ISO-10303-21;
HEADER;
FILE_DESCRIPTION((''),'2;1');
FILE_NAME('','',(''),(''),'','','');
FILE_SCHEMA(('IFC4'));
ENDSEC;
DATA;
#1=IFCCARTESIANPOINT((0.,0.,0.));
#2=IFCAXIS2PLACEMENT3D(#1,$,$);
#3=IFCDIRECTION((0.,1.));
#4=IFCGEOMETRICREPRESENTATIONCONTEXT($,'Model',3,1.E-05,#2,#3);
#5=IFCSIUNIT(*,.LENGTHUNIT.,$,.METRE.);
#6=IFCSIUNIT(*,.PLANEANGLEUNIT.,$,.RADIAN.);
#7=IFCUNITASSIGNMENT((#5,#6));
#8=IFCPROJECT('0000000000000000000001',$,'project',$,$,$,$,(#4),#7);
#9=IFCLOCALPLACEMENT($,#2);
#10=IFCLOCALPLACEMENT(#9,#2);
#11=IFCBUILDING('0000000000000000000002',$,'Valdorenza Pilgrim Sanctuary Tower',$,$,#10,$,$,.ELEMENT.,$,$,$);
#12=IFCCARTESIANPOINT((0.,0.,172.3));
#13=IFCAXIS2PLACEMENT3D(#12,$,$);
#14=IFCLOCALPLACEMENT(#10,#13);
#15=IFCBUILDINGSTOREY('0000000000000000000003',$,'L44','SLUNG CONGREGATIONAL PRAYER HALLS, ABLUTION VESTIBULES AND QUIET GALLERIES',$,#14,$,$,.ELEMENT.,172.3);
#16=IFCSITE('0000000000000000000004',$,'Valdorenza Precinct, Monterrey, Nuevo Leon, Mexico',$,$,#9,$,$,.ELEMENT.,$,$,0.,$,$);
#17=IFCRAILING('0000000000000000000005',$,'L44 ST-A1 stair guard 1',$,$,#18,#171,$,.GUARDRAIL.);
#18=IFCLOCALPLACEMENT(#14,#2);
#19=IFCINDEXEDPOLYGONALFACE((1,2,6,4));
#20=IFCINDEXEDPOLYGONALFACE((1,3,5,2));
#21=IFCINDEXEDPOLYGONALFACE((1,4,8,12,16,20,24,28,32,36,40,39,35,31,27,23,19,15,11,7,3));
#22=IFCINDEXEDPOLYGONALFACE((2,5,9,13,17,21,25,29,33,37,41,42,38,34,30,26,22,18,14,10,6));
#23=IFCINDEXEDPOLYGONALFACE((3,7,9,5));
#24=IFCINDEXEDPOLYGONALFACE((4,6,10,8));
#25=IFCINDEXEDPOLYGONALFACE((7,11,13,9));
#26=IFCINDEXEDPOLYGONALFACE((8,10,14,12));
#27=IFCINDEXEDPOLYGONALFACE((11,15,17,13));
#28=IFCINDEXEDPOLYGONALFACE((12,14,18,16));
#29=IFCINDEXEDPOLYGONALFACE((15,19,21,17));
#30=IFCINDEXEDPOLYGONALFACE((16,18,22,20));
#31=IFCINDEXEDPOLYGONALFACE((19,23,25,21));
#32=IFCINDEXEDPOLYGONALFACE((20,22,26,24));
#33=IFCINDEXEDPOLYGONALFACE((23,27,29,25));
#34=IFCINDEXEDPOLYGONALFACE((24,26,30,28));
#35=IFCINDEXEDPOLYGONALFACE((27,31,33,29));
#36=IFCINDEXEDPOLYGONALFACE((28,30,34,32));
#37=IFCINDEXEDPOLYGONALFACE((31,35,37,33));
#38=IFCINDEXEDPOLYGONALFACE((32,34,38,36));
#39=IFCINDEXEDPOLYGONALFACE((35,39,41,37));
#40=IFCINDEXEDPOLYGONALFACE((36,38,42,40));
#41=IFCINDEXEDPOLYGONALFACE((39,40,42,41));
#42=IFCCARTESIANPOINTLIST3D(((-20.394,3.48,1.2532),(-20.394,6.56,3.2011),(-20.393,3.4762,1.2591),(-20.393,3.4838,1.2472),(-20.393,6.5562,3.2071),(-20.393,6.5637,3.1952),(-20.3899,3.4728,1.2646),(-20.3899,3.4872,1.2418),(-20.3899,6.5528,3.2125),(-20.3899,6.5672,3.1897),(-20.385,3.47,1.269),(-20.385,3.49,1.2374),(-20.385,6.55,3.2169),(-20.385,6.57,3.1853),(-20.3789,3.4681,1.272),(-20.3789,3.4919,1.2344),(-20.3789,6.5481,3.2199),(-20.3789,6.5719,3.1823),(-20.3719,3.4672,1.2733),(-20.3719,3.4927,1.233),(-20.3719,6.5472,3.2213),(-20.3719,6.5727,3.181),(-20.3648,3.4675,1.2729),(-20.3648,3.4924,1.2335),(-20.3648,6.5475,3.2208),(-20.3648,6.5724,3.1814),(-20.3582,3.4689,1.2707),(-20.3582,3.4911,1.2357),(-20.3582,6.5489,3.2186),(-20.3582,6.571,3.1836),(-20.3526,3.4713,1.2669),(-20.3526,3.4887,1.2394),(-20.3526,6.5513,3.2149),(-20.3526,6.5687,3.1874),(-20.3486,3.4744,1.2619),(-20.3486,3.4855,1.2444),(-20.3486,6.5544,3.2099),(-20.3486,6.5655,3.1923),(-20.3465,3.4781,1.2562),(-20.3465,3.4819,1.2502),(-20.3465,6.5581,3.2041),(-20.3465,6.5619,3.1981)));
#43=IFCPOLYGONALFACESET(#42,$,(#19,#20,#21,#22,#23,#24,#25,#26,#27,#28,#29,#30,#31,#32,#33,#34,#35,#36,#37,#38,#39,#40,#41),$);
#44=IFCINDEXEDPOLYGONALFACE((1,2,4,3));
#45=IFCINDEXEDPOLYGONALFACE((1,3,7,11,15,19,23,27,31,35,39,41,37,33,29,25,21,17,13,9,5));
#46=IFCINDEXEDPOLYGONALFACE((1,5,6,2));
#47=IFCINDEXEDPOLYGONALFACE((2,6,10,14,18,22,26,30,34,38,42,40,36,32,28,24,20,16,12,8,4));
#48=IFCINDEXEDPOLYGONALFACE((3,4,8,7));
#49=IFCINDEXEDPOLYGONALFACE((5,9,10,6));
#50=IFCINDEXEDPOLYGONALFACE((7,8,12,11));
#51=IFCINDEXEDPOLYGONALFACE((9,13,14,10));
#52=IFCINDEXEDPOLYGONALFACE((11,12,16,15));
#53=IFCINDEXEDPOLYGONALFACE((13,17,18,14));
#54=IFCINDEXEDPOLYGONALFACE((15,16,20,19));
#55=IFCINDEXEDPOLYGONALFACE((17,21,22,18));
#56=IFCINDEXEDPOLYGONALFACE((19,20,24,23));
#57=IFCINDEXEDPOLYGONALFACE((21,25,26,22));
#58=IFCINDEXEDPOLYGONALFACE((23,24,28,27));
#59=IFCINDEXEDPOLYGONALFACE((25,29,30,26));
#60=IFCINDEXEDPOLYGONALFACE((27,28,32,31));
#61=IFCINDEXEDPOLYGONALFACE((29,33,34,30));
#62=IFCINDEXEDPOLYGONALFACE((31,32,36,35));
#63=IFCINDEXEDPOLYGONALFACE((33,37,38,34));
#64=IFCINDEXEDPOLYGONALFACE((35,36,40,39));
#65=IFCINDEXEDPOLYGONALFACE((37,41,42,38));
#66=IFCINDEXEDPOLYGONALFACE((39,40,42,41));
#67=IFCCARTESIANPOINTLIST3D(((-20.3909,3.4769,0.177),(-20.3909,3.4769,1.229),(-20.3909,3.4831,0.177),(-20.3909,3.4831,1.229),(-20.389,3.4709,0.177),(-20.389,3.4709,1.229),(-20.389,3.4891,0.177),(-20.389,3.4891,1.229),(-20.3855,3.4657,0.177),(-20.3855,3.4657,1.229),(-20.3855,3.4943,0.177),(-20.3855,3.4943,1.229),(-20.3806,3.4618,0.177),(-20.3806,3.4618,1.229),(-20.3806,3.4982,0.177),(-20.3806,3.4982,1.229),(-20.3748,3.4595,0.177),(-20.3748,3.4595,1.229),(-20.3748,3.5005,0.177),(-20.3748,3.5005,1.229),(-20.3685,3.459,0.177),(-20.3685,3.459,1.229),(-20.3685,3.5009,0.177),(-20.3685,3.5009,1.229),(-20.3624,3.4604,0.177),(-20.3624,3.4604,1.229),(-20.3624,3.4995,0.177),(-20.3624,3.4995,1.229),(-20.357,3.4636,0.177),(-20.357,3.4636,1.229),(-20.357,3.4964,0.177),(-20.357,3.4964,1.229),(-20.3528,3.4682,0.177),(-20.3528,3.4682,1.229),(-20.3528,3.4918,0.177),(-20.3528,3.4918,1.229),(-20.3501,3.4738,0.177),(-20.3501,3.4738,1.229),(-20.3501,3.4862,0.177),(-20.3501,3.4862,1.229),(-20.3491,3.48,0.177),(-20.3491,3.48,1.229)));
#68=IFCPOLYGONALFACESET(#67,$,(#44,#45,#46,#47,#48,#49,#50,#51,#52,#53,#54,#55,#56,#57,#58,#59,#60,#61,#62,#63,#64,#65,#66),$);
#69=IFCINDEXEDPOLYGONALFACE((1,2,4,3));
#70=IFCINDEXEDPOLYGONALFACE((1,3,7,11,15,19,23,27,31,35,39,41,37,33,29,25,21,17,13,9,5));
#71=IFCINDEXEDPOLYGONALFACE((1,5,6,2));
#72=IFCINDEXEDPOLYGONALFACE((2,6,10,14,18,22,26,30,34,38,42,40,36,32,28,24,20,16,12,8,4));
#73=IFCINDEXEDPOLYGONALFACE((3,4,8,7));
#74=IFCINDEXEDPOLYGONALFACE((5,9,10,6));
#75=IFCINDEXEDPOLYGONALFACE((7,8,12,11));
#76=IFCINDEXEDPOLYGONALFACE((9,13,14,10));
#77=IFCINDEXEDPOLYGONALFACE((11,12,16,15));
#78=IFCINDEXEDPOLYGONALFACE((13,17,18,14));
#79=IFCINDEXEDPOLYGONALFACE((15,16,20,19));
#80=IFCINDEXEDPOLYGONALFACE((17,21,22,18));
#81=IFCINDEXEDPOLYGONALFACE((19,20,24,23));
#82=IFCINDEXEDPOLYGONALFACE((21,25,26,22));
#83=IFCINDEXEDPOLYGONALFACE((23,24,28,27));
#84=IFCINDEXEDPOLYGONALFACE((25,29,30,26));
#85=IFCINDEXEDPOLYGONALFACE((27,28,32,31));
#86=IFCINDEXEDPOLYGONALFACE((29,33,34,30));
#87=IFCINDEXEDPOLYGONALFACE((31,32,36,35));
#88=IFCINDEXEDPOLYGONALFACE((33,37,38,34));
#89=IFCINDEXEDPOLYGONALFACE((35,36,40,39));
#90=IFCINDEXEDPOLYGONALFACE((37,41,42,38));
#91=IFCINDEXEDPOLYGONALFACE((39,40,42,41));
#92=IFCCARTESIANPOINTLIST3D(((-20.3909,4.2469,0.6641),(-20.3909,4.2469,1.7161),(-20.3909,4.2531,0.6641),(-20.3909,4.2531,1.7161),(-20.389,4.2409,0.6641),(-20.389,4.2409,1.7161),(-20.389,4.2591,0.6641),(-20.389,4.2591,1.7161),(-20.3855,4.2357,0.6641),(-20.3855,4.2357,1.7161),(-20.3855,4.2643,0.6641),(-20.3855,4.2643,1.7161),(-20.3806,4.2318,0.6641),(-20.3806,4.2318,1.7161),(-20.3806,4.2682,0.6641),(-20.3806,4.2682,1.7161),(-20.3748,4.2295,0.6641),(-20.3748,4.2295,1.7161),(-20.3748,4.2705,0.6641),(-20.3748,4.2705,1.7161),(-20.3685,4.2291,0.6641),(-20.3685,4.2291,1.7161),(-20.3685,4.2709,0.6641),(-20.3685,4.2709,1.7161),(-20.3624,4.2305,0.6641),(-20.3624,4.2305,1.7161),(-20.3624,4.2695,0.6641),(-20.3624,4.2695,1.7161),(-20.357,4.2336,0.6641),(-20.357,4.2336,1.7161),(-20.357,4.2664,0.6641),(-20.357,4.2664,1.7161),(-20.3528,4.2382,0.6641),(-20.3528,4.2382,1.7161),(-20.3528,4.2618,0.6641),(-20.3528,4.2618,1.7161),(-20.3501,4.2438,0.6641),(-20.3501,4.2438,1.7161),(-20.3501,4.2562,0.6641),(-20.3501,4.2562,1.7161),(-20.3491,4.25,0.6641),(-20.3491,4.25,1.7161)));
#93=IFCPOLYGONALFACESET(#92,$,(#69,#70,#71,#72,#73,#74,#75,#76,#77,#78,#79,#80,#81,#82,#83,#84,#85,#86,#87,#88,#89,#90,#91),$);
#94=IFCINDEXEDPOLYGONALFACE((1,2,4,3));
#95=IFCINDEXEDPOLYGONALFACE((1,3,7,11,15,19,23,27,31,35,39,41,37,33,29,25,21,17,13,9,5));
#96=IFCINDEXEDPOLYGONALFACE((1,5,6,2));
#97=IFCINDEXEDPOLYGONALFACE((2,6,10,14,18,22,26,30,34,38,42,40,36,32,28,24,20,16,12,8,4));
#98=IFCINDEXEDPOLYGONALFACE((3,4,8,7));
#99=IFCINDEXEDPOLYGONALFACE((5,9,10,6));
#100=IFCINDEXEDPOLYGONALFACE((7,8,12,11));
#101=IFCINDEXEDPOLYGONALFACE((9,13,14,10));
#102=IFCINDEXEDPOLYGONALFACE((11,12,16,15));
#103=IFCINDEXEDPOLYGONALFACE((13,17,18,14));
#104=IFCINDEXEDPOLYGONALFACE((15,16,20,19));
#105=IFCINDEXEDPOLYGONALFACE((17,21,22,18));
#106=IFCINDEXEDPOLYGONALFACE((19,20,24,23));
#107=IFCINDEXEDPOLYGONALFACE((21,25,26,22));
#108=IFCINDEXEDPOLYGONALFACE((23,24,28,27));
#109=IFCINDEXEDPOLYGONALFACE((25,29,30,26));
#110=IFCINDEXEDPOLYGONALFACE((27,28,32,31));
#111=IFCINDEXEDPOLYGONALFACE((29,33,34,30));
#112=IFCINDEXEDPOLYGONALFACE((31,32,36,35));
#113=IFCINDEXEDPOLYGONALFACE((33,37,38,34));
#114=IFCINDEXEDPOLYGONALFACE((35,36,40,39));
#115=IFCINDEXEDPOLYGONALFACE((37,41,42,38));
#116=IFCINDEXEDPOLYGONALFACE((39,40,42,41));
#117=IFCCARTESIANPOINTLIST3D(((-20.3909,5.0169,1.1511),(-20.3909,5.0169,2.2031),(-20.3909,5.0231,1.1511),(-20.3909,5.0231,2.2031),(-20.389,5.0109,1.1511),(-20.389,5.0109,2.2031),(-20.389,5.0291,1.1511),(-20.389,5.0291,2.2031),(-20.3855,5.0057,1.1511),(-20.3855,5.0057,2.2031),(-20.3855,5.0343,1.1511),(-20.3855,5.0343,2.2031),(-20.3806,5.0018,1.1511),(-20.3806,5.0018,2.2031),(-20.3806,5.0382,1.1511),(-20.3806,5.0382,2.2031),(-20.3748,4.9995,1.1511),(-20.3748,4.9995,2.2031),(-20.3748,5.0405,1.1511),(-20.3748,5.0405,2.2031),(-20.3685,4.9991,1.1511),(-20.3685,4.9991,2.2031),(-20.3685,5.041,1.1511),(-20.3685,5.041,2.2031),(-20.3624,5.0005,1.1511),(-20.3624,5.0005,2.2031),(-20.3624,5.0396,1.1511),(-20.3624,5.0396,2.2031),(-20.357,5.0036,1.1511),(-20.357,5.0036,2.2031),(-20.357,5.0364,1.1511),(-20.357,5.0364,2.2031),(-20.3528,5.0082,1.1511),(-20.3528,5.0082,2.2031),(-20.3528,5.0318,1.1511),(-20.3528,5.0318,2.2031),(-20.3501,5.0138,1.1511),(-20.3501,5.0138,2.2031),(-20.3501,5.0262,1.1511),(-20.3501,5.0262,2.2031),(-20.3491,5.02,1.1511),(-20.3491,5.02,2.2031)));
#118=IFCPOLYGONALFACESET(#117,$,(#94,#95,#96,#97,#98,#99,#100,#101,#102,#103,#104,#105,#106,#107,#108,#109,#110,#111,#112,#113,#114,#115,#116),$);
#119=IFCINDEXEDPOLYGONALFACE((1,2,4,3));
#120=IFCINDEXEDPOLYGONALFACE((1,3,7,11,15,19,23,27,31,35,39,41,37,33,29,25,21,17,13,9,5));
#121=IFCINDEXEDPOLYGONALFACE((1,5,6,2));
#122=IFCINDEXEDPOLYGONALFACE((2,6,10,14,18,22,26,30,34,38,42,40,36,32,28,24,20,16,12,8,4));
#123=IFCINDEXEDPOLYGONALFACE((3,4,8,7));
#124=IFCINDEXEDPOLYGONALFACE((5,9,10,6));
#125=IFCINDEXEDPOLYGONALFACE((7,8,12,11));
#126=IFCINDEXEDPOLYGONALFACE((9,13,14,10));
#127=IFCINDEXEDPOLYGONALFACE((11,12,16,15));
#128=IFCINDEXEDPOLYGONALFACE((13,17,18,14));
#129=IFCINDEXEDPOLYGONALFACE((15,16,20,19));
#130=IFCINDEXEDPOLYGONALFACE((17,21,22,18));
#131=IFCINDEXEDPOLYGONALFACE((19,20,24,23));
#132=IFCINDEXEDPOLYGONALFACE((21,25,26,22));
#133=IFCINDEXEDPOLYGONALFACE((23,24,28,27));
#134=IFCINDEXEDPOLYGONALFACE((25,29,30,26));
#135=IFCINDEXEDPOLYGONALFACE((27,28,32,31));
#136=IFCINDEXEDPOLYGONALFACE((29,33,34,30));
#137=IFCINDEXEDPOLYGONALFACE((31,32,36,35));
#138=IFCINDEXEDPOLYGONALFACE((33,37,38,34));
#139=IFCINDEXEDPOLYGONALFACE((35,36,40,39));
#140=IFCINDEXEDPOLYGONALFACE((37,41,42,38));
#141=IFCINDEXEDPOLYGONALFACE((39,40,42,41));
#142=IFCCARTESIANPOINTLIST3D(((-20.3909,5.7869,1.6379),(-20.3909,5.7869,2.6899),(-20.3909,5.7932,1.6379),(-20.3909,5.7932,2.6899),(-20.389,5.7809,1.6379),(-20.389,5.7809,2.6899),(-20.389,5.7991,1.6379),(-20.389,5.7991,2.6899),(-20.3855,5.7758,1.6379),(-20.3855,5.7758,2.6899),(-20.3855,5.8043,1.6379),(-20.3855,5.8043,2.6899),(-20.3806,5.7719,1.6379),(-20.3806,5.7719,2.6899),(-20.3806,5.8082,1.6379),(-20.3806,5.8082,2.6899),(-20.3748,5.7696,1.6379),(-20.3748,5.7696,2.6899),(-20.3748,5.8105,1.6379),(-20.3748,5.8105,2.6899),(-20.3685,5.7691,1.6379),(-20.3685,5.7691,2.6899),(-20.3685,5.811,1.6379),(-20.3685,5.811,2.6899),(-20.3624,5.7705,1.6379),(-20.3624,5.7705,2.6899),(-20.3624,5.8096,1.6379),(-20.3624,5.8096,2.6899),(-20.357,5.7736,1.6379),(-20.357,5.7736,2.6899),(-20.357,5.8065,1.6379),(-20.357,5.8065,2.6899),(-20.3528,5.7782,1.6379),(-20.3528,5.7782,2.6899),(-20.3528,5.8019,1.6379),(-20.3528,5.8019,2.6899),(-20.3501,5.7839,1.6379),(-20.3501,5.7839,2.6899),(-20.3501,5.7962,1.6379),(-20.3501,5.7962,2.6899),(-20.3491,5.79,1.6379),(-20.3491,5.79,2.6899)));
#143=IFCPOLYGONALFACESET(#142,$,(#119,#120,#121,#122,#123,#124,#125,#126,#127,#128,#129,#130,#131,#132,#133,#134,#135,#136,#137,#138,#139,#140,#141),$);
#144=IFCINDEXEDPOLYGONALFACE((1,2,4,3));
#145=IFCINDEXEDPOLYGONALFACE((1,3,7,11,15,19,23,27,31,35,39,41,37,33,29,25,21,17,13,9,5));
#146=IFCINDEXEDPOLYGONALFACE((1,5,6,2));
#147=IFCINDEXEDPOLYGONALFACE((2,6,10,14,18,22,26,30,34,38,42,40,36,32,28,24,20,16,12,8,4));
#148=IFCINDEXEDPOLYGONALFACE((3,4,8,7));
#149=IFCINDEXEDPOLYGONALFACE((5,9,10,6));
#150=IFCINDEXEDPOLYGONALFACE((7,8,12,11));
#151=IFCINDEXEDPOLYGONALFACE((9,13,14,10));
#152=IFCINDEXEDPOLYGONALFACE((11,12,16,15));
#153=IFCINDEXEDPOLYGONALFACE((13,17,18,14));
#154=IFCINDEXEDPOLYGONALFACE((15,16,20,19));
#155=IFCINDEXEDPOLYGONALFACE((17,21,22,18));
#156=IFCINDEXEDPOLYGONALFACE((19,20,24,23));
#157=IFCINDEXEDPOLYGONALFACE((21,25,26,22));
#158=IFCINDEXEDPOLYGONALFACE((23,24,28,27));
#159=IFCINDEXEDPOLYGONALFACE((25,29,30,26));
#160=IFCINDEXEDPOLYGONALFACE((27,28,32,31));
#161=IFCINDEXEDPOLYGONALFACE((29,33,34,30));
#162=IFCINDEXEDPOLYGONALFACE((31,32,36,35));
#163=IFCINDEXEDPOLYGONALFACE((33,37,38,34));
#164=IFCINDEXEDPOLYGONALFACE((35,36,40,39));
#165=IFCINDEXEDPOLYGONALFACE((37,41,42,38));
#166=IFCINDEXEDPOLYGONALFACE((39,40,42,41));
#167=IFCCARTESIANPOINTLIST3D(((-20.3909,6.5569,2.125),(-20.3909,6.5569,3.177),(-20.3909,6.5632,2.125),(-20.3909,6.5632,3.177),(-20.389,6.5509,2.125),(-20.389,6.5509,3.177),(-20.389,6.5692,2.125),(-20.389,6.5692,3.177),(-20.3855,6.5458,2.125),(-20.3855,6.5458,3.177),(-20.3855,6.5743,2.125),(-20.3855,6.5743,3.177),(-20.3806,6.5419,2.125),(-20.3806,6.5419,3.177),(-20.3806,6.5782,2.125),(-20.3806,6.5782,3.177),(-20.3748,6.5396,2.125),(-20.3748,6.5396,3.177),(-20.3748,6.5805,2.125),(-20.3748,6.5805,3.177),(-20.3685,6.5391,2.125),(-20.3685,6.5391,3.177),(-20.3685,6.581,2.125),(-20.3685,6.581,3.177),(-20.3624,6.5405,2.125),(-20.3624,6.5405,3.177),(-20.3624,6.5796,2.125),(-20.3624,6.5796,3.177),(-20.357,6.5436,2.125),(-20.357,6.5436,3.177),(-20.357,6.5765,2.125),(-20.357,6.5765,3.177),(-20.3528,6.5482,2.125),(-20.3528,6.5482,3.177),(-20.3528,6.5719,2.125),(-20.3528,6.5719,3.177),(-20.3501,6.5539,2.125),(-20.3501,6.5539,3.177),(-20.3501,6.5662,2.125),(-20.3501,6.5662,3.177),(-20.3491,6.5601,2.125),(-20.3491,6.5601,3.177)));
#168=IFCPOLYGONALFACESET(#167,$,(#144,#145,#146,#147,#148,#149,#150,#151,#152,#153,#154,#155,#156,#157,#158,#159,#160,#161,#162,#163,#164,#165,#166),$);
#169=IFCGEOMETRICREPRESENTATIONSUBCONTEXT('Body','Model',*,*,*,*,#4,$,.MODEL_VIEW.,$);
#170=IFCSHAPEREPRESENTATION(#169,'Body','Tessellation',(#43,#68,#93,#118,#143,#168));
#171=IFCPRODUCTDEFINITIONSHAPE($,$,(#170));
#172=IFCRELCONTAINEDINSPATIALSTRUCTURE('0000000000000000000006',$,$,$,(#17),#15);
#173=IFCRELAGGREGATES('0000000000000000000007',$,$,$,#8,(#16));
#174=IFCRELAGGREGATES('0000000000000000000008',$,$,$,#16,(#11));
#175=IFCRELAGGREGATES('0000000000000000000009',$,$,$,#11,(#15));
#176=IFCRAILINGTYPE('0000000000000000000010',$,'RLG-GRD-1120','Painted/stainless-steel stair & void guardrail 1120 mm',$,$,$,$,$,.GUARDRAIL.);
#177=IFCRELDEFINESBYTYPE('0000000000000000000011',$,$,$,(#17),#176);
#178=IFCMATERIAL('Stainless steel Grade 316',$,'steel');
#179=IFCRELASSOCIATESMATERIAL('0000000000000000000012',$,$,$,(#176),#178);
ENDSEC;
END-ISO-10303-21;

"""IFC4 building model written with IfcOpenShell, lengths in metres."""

from ifc_helpers import new_model, si_unit, direction, frame, origin, origin_2d, place, context, subcontext, project, spatial, circle, extrude, material, type_object, element, save


model = new_model("IFC4")

# Units and contexts
model_context = context("Model", 3, precision=1e-05, world=origin(), true_north=direction((0.0, 1.0)))
body_context = subcontext(model_context, "Body", "Model", "MODEL_VIEW")
ifc_project = project(units=[si_unit("LENGTHUNIT", "METRE"), si_unit("PLANEANGLEUNIT", "RADIAN")], contexts=[model_context])

# Site, building, storey
site_placement = place(None, origin())
site = spatial("IfcSite", under=ifc_project, at=site_placement, Name="Valdorenza Precinct, Monterrey, Nuevo Leon, Mexico", CompositionType="ELEMENT", RefElevation=0.0)
building_placement = place(site_placement, origin())
building = spatial("IfcBuilding", under=site, at=building_placement, Name="Valdorenza Pilgrim Sanctuary Tower", CompositionType="ELEMENT")
storey_placement = place(building_placement, frame((0.0, 0.0, 172.3)))
storey = spatial("IfcBuildingStorey", under=building, at=storey_placement, Name="L44", Description="SLUNG CONGREGATIONAL PRAYER HALLS, ABLUTION VESTIBULES AND QUIET GALLERIES", CompositionType="ELEMENT", Elevation=172.3)

# Railing
ifc_material_1 = material(Name="Stainless steel Grade 316", Category="steel")
railing_type_1 = type_object("IfcRailingType", Name="RLG-GRD-1120", Description="Painted/stainless-steel stair & void guardrail 1120 mm", PredefinedType="GUARDRAIL", material=ifc_material_1)
railing_1_placement = place(storey_placement, frame((-20.3701, 3.48, 0.177)))
element("IfcRailing", 1, at=railing_1_placement, inside=storey, type_object=railing_type_1, Name="L44 ST-A1 stair guard 1", PredefinedType="GUARDRAIL", context=body_context, shape_type="SweptSolid", body=[
    extrude(circle(Radius=0.0239, at=origin_2d()), frame((0.0, 0.0, 1.0762), z_axis=(0.0, 0.845156, 0.53452), x_axis=(-1.0, 0.0, 0.0)), (0.0, 0.0, 1.0), 3.6443),
    extrude(circle(Radius=0.021, at=origin_2d()), origin(), (0.0, 0.0, 1.0), 1.052),
    extrude(circle(Radius=0.021, at=origin_2d()), frame((0.0, 0.77, 0.4871)), (0.0, 0.0, 1.0), 1.052),
    extrude(circle(Radius=0.021, at=origin_2d()), frame((0.0, 1.54, 0.9741)), (0.0, 0.0, 1.0), 1.052),
    extrude(circle(Radius=0.021, at=origin_2d()), frame((0.0, 2.3101, 1.4609)), (0.0, 0.0, 1.0), 1.052),
    extrude(circle(Radius=0.021, at=origin_2d()), frame((0.0, 3.0801, 1.948)), (0.0, 0.0, 1.0), 1.052),
])

save(model, "model.ifc")
